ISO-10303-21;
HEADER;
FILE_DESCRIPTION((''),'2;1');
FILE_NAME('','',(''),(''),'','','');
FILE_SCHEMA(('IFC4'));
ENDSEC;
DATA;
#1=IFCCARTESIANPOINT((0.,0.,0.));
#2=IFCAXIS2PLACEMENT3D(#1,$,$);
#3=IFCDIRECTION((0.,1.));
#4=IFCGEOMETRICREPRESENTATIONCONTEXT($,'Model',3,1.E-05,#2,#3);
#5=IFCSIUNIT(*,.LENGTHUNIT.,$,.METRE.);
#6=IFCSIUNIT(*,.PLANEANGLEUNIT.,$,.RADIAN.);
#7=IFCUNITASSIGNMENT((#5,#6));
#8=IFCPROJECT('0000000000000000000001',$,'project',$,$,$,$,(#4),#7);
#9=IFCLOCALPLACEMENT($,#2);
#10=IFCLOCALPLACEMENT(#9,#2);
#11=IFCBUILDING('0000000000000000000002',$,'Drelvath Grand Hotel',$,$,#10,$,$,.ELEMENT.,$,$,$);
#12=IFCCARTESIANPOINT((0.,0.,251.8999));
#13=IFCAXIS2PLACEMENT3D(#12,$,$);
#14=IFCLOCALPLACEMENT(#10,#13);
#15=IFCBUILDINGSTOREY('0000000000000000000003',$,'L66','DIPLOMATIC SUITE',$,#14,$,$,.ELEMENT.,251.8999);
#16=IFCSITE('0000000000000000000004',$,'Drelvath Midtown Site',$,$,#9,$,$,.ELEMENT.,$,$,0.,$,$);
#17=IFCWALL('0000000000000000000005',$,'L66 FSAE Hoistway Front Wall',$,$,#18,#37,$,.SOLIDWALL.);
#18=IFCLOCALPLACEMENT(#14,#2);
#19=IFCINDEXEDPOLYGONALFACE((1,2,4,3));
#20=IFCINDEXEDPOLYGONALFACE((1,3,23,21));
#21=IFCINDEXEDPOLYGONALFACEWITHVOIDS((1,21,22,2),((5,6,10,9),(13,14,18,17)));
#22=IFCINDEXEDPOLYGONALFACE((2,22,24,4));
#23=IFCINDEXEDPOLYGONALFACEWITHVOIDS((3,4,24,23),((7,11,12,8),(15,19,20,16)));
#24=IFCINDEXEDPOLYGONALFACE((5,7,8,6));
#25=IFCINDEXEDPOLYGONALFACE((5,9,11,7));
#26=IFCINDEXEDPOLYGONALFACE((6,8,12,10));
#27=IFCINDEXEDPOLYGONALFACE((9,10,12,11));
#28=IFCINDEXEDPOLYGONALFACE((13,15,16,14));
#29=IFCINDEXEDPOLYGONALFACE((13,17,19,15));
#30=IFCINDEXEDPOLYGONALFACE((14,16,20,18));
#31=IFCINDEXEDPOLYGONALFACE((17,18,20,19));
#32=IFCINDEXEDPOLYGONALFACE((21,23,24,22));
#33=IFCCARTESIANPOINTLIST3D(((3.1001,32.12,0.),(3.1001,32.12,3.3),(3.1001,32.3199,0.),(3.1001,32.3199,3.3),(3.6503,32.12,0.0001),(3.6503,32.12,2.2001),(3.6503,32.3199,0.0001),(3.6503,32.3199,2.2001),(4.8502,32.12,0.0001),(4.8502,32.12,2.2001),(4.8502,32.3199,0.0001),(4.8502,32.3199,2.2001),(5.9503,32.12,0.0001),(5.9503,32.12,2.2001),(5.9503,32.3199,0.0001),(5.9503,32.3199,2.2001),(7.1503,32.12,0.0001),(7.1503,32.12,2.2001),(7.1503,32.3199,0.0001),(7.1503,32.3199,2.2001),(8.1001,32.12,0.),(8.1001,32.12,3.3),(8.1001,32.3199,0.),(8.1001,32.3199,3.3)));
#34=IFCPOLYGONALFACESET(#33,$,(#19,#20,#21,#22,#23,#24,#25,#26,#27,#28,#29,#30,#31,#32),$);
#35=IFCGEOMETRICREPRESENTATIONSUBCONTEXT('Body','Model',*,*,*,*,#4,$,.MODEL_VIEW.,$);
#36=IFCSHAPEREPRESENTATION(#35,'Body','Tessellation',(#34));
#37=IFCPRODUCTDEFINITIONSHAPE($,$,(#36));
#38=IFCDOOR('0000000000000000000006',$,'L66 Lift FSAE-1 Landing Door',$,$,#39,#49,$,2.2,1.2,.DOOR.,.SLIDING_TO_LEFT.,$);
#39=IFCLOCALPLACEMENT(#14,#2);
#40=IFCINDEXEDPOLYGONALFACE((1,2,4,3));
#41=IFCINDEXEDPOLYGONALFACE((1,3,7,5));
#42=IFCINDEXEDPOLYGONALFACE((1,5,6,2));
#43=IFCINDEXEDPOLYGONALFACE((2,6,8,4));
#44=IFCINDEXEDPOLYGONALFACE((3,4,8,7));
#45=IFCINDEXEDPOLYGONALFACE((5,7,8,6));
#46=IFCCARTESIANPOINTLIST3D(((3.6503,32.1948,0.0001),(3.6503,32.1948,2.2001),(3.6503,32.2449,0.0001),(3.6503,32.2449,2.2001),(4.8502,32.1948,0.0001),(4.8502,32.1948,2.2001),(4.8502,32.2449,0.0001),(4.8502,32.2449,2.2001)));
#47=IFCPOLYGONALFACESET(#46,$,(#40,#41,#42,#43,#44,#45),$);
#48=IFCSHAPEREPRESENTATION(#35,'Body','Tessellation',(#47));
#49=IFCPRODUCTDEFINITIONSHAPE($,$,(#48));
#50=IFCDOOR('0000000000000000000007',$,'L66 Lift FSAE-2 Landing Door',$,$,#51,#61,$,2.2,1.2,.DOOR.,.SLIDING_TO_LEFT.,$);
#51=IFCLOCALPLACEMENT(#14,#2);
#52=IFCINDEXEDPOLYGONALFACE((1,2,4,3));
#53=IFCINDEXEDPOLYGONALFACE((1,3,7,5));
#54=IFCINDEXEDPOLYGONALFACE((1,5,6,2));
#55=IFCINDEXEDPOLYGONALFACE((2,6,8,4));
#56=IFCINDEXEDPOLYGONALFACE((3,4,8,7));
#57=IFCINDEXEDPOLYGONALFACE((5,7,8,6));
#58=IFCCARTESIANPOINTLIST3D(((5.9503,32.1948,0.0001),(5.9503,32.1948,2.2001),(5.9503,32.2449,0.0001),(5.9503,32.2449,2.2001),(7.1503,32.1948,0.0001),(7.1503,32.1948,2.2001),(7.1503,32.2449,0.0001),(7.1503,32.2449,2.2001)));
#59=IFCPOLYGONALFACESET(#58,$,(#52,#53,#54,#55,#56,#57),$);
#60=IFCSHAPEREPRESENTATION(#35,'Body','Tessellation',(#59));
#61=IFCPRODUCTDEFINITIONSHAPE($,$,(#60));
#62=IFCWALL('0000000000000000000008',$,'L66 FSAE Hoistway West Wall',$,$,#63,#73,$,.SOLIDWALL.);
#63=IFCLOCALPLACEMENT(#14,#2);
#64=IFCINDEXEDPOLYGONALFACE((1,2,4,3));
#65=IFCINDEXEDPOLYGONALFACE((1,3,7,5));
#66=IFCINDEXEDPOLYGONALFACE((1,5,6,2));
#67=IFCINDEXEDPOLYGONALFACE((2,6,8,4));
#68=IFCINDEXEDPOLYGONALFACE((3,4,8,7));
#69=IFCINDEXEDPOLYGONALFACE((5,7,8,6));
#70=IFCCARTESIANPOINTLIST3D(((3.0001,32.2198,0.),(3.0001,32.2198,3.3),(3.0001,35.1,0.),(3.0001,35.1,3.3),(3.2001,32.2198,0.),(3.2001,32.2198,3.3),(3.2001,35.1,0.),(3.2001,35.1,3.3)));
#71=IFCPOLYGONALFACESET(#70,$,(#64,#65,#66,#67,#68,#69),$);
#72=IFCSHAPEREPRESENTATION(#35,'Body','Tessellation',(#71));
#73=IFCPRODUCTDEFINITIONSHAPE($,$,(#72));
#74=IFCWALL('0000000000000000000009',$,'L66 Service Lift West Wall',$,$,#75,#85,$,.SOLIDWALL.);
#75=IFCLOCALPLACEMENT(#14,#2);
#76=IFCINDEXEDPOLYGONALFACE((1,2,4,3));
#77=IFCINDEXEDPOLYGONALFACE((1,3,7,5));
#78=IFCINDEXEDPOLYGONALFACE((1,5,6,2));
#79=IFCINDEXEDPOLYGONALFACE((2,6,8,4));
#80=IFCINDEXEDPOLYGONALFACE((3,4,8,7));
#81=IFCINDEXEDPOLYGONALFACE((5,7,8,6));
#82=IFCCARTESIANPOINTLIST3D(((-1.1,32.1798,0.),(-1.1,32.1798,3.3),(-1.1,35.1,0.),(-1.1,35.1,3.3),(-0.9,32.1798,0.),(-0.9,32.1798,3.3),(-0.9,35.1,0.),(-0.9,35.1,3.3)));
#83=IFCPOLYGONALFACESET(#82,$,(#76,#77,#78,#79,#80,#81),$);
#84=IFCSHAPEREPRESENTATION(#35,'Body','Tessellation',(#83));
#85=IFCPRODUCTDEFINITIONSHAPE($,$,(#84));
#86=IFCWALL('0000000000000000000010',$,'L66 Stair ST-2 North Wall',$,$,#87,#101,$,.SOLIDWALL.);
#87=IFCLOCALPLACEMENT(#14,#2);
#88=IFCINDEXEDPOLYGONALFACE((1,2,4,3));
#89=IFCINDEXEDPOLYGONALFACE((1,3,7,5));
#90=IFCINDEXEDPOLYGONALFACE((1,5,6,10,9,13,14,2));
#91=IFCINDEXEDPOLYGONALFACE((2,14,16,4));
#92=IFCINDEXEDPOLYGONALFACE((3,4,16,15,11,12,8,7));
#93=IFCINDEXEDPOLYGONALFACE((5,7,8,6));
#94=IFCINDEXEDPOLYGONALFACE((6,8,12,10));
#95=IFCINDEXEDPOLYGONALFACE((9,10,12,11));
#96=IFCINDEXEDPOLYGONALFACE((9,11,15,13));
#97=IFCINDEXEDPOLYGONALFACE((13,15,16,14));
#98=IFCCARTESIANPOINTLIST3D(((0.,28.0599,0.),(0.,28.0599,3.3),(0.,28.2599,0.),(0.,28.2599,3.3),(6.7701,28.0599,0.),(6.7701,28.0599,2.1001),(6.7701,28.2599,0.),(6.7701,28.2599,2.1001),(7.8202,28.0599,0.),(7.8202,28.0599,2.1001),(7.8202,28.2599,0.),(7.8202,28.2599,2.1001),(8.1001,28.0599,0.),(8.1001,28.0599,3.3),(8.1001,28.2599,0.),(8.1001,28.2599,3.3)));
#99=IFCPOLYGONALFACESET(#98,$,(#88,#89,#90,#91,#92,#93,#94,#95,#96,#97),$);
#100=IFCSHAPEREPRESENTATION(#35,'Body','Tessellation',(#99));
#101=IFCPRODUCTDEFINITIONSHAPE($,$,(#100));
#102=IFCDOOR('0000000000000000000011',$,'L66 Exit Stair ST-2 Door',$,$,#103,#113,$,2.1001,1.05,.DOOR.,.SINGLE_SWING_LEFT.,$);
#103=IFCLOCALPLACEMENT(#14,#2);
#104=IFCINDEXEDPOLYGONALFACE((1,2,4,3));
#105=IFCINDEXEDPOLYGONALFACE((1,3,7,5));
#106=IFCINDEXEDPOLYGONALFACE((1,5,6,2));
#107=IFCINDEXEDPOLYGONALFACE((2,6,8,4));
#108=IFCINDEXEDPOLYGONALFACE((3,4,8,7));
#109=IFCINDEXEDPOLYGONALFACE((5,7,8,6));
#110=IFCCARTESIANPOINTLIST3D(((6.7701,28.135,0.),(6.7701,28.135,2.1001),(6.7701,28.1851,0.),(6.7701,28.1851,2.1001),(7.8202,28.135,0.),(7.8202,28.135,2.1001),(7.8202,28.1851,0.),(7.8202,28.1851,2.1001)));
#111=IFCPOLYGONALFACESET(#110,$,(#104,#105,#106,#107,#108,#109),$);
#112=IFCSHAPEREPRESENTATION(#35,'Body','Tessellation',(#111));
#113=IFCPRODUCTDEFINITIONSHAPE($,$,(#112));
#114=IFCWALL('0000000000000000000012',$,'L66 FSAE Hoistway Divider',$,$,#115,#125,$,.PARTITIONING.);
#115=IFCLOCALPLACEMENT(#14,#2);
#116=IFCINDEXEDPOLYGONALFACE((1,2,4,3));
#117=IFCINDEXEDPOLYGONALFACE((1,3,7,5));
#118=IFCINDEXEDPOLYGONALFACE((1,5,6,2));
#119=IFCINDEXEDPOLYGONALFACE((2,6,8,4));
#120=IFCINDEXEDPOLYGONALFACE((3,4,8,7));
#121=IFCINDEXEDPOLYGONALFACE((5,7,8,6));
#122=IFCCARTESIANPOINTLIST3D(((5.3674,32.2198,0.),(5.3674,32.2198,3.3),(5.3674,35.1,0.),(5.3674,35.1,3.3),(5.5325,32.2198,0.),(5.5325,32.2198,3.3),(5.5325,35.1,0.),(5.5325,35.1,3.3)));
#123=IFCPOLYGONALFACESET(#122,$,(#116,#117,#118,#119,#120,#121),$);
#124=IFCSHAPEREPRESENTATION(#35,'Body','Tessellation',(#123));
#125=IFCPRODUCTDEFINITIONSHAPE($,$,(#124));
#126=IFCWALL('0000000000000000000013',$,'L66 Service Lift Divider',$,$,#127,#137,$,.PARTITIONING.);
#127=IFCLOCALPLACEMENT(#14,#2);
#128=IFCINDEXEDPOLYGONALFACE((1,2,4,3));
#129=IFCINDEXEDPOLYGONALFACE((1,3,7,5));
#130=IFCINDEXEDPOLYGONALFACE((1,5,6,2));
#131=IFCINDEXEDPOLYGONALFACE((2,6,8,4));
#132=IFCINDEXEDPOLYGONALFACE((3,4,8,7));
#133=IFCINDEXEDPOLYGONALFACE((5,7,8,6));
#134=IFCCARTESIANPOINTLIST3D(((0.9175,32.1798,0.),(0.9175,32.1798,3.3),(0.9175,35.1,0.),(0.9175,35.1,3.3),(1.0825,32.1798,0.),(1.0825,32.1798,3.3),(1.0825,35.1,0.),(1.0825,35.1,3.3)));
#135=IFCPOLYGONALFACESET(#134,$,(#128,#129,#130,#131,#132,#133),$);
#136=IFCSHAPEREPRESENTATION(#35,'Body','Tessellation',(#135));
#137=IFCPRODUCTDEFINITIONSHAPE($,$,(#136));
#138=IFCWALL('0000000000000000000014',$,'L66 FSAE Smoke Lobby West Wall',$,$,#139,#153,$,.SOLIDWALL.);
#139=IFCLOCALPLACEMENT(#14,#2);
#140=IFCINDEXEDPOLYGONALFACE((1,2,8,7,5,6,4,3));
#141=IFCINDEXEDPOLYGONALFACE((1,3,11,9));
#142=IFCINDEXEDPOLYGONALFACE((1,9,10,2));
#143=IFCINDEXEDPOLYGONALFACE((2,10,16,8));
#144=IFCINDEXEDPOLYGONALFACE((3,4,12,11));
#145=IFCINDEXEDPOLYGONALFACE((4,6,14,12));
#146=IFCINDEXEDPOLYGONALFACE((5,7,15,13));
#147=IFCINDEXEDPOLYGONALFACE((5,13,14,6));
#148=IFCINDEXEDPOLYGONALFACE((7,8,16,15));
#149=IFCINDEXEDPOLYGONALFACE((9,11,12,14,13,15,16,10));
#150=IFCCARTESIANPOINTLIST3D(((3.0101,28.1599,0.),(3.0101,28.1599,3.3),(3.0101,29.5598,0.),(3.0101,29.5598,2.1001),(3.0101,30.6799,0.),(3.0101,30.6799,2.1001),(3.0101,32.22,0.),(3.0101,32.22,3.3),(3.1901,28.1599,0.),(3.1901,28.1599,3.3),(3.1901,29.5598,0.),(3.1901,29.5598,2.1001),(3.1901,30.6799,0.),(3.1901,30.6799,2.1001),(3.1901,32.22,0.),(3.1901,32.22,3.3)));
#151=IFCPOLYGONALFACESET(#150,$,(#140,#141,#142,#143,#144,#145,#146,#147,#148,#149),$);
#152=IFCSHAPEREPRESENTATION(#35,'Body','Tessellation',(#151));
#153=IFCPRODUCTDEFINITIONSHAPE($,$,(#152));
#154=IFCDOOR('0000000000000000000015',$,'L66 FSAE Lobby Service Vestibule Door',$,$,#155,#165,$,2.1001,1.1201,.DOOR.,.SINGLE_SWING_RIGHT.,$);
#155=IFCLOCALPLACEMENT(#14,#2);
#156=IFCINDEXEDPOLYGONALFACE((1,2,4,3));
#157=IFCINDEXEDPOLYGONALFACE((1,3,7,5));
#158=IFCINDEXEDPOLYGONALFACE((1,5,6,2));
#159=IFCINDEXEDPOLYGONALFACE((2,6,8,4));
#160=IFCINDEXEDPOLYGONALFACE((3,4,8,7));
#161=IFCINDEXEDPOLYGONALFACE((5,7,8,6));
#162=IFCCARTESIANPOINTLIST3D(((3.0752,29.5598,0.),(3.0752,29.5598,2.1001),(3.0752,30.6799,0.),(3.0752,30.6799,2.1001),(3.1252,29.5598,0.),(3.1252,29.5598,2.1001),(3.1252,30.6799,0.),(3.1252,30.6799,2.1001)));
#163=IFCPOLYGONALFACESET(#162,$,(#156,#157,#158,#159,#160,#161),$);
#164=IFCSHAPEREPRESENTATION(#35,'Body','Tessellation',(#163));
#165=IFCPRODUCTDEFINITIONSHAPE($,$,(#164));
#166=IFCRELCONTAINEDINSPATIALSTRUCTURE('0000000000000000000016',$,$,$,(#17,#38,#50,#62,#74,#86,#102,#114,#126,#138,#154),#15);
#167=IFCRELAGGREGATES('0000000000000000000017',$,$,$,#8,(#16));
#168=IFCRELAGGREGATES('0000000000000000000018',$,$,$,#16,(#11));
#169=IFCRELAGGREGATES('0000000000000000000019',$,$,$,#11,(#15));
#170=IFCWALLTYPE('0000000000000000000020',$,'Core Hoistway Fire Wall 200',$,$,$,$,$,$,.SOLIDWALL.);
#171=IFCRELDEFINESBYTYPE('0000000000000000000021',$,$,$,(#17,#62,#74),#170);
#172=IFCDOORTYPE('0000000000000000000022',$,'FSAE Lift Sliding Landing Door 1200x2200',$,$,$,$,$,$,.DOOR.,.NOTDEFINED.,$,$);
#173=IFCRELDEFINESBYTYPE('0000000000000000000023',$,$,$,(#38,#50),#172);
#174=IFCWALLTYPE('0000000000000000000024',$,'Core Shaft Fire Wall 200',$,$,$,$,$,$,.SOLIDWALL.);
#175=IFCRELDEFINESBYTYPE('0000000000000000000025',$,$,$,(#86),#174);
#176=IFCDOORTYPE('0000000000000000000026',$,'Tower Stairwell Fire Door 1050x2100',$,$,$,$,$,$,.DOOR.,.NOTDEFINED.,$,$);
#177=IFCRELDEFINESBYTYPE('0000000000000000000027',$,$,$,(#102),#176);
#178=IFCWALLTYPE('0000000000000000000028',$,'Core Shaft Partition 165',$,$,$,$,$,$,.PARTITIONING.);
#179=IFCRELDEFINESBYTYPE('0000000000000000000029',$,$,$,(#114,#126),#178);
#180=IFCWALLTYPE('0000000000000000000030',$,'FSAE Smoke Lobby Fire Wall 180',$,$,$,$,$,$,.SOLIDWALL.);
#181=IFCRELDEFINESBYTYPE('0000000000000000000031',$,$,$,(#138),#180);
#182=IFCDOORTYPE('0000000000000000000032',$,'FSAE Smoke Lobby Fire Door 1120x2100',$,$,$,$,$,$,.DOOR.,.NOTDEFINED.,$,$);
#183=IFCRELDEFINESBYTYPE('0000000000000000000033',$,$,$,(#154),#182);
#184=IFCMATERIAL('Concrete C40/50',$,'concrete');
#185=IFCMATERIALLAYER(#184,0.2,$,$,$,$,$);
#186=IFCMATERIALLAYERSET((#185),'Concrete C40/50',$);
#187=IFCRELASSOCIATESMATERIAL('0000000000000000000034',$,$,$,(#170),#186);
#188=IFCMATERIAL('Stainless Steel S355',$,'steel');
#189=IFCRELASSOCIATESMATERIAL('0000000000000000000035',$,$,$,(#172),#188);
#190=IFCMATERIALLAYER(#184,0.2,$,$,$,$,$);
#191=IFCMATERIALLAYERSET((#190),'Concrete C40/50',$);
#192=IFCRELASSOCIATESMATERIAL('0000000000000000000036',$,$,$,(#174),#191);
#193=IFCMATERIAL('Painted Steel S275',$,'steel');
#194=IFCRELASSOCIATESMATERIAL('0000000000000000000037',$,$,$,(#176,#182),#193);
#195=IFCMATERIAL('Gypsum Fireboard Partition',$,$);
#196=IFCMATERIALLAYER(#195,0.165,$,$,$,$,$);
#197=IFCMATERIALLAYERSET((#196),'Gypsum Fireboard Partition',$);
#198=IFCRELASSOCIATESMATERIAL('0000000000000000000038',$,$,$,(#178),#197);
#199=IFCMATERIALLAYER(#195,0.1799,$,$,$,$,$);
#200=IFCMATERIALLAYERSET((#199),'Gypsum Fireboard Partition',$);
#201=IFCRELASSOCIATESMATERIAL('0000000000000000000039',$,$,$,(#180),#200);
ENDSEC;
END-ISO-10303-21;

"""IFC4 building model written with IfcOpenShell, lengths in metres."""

from ifc_helpers import new_model, si_unit, direction, frame, frame_2d, origin, place, context, subcontext, project, spatial, rectangle, extrude, material, layer, layer_set, type_object, element, fill, save


model = new_model("IFC4")

# Units and contexts
model_context = context("Model", 3, precision=1e-05, world=origin(), true_north=direction((0.0, 1.0)))
body_context = subcontext(model_context, "Body", "Model", "MODEL_VIEW")
ifc_project = project(units=[si_unit("LENGTHUNIT", "METRE"), si_unit("PLANEANGLEUNIT", "RADIAN")], contexts=[model_context])

# Site, building, storey
site_placement = place(None, origin())
site = spatial("IfcSite", under=ifc_project, at=site_placement, Name="Drelvath Midtown Site", CompositionType="ELEMENT", RefElevation=0.0)
building_placement = place(site_placement, origin())
building = spatial("IfcBuilding", under=site, at=building_placement, Name="Drelvath Grand Hotel", CompositionType="ELEMENT")
storey_placement = place(building_placement, frame((0.0, 0.0, 251.8999)))
storey = spatial("IfcBuildingStorey", under=building, at=storey_placement, Name="L66", Description="DIPLOMATIC SUITE", CompositionType="ELEMENT", Elevation=251.8999)

# Wall, openings, doors
ifc_material_1 = material(Name="Concrete C40/50", Category="concrete")
ifc_layer_1 = layer(ifc_material_1, 0.2)
ifc_layer_set_1 = layer_set([ifc_layer_1], Name="Concrete C40/50")
wall_type_1 = type_object("IfcWallType", Name="Core Hoistway Fire Wall 200", PredefinedType="SOLIDWALL", material=ifc_layer_set_1)
wall_1_placement = place(storey_placement, frame((3.1001, 32.22, 0.0), z_axis=(0.0, 0.0, 1.0), x_axis=(1.0, 0.0, 0.0)))
wall_1 = element("IfcWall", 1, at=wall_1_placement, inside=storey, type_object=wall_type_1, Name="L66 FSAE Hoistway Front Wall", PredefinedType="SOLIDWALL", context=body_context, shape_type="SweptSolid", body=[
    extrude(rectangle(XDim=5.0, YDim=0.2, at=frame_2d((2.5, 0.0))), origin(), (0.0, 0.0, 1.0), 3.3),
])
opening_1_placement = place(wall_1_placement, frame((0.55, 0.0, 0.0)))
opening_1 = element("IfcOpeningElement", 2, at=opening_1_placement, cuts=wall_1, PredefinedType="OPENING", context=body_context, shape_type="SweptSolid", body=[
    extrude(rectangle(XDim=1.2, YDim=2.2, at=frame_2d((0.6001, 1.1001))), frame((0.0, 0.1099, 0.0), z_axis=(0.0, -1.0, 0.0), x_axis=(1.0, 0.0, 0.0)), (0.0, 0.0, 1.0), 0.22),
])
opening_2_placement = place(wall_1_placement, frame((2.8501, 0.0, 0.0)))
opening_2 = element("IfcOpeningElement", 3, at=opening_2_placement, cuts=wall_1, PredefinedType="OPENING", context=body_context, shape_type="SweptSolid", body=[
    extrude(rectangle(XDim=1.2, YDim=2.2, at=frame_2d((0.6001, 1.1001))), frame((0.0, 0.1099, 0.0), z_axis=(0.0, -1.0, 0.0), x_axis=(1.0, 0.0, 0.0)), (0.0, 0.0, 1.0), 0.22),
])
ifc_material_2 = material(Name="Stainless Steel S355", Category="steel")
door_type_1 = type_object("IfcDoorType", Name="FSAE Lift Sliding Landing Door 1200x2200", OperationType="NOTDEFINED", PredefinedType="DOOR", material=ifc_material_2)
door_1_placement = place(opening_1_placement, origin())
door_1 = element("IfcDoor", 4, at=door_1_placement, inside=storey, type_object=door_type_1, Name="L66 Lift FSAE-1 Landing Door", OperationType="SLIDING_TO_LEFT", OverallHeight=2.2, OverallWidth=1.2, PredefinedType="DOOR", context=body_context, shape_type="SweptSolid", body=[
    extrude(rectangle(XDim=1.2, YDim=2.2, at=frame_2d((0.6001, 1.1001))), frame((0.0, 0.0249, 0.0), z_axis=(0.0, -1.0, 0.0), x_axis=(1.0, 0.0, 0.0)), (0.0, 0.0, 1.0), 0.05),
])
fill(opening_1, door_1)
door_2_placement = place(opening_2_placement, origin())
door_2 = element("IfcDoor", 5, at=door_2_placement, inside=storey, type_object=door_type_1, Name="L66 Lift FSAE-2 Landing Door", OperationType="SLIDING_TO_LEFT", OverallHeight=2.2, OverallWidth=1.2, PredefinedType="DOOR", context=body_context, shape_type="SweptSolid", body=[
    extrude(rectangle(XDim=1.2, YDim=2.2, at=frame_2d((0.6001, 1.1001))), frame((0.0, 0.0249, 0.0), z_axis=(0.0, -1.0, 0.0), x_axis=(1.0, 0.0, 0.0)), (0.0, 0.0, 1.0), 0.05),
])
fill(opening_2, door_2)

# Walls
wall_2_placement = place(storey_placement, frame((3.1001, 32.22, 0.0), z_axis=(0.0, 0.0, 1.0), x_axis=(0.0, 1.0, 0.0)))
element("IfcWall", 6, at=wall_2_placement, inside=storey, type_object=wall_type_1, Name="L66 FSAE Hoistway West Wall", PredefinedType="SOLIDWALL", context=body_context, shape_type="SweptSolid", body=[
    extrude(rectangle(XDim=2.8801, YDim=0.2, at=frame_2d((1.4399, 0.0))), origin(), (0.0, 0.0, 1.0), 3.3),
])
wall_3_placement = place(storey_placement, frame((-1.0, 32.1799, 0.0), z_axis=(0.0, 0.0, 1.0), x_axis=(0.0, 1.0, 0.0)))
element("IfcWall", 7, at=wall_3_placement, inside=storey, type_object=wall_type_1, Name="L66 Service Lift West Wall", PredefinedType="SOLIDWALL", context=body_context, shape_type="SweptSolid", body=[
    extrude(rectangle(XDim=2.9202, YDim=0.2, at=frame_2d((1.46, 0.0))), origin(), (0.0, 0.0, 1.0), 3.3),
])

# Wall, opening, door
ifc_layer_2 = layer(ifc_material_1, 0.2)
ifc_layer_set_2 = layer_set([ifc_layer_2], Name="Concrete C40/50")
wall_type_2 = type_object("IfcWallType", Name="Core Shaft Fire Wall 200", PredefinedType="SOLIDWALL", material=ifc_layer_set_2)
wall_4_placement = place(storey_placement, frame((8.1001, 28.1599, 0.0), z_axis=(0.0, 0.0, 1.0), x_axis=(-1.0, 0.0, 0.0)))
wall_4 = element("IfcWall", 8, at=wall_4_placement, inside=storey, type_object=wall_type_2, Name="L66 Stair ST-2 North Wall", PredefinedType="SOLIDWALL", context=body_context, shape_type="SweptSolid", body=[
    extrude(rectangle(XDim=8.1001, YDim=0.2, at=frame_2d((4.05, 0.0))), origin(), (0.0, 0.0, 1.0), 3.3),
])
opening_3_placement = place(wall_4_placement, frame((0.28, 0.0, 0.0)))
opening_3 = element("IfcOpeningElement", 9, at=opening_3_placement, cuts=wall_4, PredefinedType="OPENING", context=body_context, shape_type="SweptSolid", body=[
    extrude(rectangle(XDim=1.05, YDim=2.1001, at=frame_2d((0.5249, 1.05))), frame((0.0, 0.1099, 0.0), z_axis=(0.0, -1.0, 0.0), x_axis=(1.0, 0.0, 0.0)), (0.0, 0.0, 1.0), 0.22),
])
ifc_material_3 = material(Name="Painted Steel S275", Category="steel")
door_type_2 = type_object("IfcDoorType", Name="Tower Stairwell Fire Door 1050x2100", OperationType="NOTDEFINED", PredefinedType="DOOR", material=ifc_material_3)
door_3_placement = place(opening_3_placement, origin())
door_3 = element("IfcDoor", 10, at=door_3_placement, inside=storey, type_object=door_type_2, Name="L66 Exit Stair ST-2 Door", OperationType="SINGLE_SWING_LEFT", OverallHeight=2.1001, OverallWidth=1.05, PredefinedType="DOOR", context=body_context, shape_type="SweptSolid", body=[
    extrude(rectangle(XDim=1.05, YDim=2.1001, at=frame_2d((0.5249, 1.05))), frame((0.0, 0.0249, 0.0), z_axis=(0.0, -1.0, 0.0), x_axis=(1.0, 0.0, 0.0)), (0.0, 0.0, 1.0), 0.05),
])
fill(opening_3, door_3)

# Walls
ifc_material_4 = material(Name="Gypsum Fireboard Partition")
ifc_layer_3 = layer(ifc_material_4, 0.165)
ifc_layer_set_3 = layer_set([ifc_layer_3], Name="Gypsum Fireboard Partition")
wall_type_3 = type_object("IfcWallType", Name="Core Shaft Partition 165", PredefinedType="PARTITIONING", material=ifc_layer_set_3)
wall_5_placement = place(storey_placement, frame((5.45, 32.22, 0.0), z_axis=(0.0, 0.0, 1.0), x_axis=(0.0, 1.0, 0.0)))
element("IfcWall", 11, at=wall_5_placement, inside=storey, type_object=wall_type_3, Name="L66 FSAE Hoistway Divider", PredefinedType="PARTITIONING", context=body_context, shape_type="SweptSolid", body=[
    extrude(rectangle(XDim=2.8801, YDim=0.165, at=frame_2d((1.4399, 0.0))), origin(), (0.0, 0.0, 1.0), 3.3),
])
wall_6_placement = place(storey_placement, frame((1.0, 32.1799, 0.0), z_axis=(0.0, 0.0, 1.0), x_axis=(0.0, 1.0, 0.0)))
element("IfcWall", 12, at=wall_6_placement, inside=storey, type_object=wall_type_3, Name="L66 Service Lift Divider", PredefinedType="PARTITIONING", context=body_context, shape_type="SweptSolid", body=[
    extrude(rectangle(XDim=2.9202, YDim=0.165, at=frame_2d((1.46, 0.0))), origin(), (0.0, 0.0, 1.0), 3.3),
])

# Wall, opening, door
ifc_layer_4 = layer(ifc_material_4, 0.1799)
ifc_layer_set_4 = layer_set([ifc_layer_4], Name="Gypsum Fireboard Partition")
wall_type_4 = type_object("IfcWallType", Name="FSAE Smoke Lobby Fire Wall 180", PredefinedType="SOLIDWALL", material=ifc_layer_set_4)
wall_7_placement = place(storey_placement, frame((3.1001, 28.1599, 0.0), z_axis=(0.0, 0.0, 1.0), x_axis=(0.0, 1.0, 0.0)))
wall_7 = element("IfcWall", 13, at=wall_7_placement, inside=storey, type_object=wall_type_4, Name="L66 FSAE Smoke Lobby West Wall", PredefinedType="SOLIDWALL", context=body_context, shape_type="SweptSolid", body=[
    extrude(rectangle(XDim=4.0601, YDim=0.1799, at=frame_2d((2.03, 0.0))), origin(), (0.0, 0.0, 1.0), 3.3),
])
opening_4_placement = place(wall_7_placement, frame((1.3999, 0.0, 0.0)))
opening_4 = element("IfcOpeningElement", 14, at=opening_4_placement, cuts=wall_7, PredefinedType="OPENING", context=body_context, shape_type="SweptSolid", body=[
    extrude(rectangle(XDim=1.1201, YDim=2.1001, at=frame_2d((0.5601, 1.05))), frame((0.0, 0.0999, 0.0), z_axis=(0.0, -1.0, 0.0), x_axis=(1.0, 0.0, 0.0)), (0.0, 0.0, 1.0), 0.2),
])
door_type_3 = type_object("IfcDoorType", Name="FSAE Smoke Lobby Fire Door 1120x2100", OperationType="NOTDEFINED", PredefinedType="DOOR", material=ifc_material_3)
door_4_placement = place(opening_4_placement, origin())
door_4 = element("IfcDoor", 15, at=door_4_placement, inside=storey, type_object=door_type_3, Name="L66 FSAE Lobby Service Vestibule Door", OperationType="SINGLE_SWING_RIGHT", OverallHeight=2.1001, OverallWidth=1.1201, PredefinedType="DOOR", context=body_context, shape_type="SweptSolid", body=[
    extrude(rectangle(XDim=1.1201, YDim=2.1001, at=frame_2d((0.5601, 1.05))), frame((0.0, 0.0249, 0.0), z_axis=(0.0, -1.0, 0.0), x_axis=(1.0, 0.0, 0.0)), (0.0, 0.0, 1.0), 0.05),
])
fill(opening_4, door_4)

save(model, "model.ifc")
